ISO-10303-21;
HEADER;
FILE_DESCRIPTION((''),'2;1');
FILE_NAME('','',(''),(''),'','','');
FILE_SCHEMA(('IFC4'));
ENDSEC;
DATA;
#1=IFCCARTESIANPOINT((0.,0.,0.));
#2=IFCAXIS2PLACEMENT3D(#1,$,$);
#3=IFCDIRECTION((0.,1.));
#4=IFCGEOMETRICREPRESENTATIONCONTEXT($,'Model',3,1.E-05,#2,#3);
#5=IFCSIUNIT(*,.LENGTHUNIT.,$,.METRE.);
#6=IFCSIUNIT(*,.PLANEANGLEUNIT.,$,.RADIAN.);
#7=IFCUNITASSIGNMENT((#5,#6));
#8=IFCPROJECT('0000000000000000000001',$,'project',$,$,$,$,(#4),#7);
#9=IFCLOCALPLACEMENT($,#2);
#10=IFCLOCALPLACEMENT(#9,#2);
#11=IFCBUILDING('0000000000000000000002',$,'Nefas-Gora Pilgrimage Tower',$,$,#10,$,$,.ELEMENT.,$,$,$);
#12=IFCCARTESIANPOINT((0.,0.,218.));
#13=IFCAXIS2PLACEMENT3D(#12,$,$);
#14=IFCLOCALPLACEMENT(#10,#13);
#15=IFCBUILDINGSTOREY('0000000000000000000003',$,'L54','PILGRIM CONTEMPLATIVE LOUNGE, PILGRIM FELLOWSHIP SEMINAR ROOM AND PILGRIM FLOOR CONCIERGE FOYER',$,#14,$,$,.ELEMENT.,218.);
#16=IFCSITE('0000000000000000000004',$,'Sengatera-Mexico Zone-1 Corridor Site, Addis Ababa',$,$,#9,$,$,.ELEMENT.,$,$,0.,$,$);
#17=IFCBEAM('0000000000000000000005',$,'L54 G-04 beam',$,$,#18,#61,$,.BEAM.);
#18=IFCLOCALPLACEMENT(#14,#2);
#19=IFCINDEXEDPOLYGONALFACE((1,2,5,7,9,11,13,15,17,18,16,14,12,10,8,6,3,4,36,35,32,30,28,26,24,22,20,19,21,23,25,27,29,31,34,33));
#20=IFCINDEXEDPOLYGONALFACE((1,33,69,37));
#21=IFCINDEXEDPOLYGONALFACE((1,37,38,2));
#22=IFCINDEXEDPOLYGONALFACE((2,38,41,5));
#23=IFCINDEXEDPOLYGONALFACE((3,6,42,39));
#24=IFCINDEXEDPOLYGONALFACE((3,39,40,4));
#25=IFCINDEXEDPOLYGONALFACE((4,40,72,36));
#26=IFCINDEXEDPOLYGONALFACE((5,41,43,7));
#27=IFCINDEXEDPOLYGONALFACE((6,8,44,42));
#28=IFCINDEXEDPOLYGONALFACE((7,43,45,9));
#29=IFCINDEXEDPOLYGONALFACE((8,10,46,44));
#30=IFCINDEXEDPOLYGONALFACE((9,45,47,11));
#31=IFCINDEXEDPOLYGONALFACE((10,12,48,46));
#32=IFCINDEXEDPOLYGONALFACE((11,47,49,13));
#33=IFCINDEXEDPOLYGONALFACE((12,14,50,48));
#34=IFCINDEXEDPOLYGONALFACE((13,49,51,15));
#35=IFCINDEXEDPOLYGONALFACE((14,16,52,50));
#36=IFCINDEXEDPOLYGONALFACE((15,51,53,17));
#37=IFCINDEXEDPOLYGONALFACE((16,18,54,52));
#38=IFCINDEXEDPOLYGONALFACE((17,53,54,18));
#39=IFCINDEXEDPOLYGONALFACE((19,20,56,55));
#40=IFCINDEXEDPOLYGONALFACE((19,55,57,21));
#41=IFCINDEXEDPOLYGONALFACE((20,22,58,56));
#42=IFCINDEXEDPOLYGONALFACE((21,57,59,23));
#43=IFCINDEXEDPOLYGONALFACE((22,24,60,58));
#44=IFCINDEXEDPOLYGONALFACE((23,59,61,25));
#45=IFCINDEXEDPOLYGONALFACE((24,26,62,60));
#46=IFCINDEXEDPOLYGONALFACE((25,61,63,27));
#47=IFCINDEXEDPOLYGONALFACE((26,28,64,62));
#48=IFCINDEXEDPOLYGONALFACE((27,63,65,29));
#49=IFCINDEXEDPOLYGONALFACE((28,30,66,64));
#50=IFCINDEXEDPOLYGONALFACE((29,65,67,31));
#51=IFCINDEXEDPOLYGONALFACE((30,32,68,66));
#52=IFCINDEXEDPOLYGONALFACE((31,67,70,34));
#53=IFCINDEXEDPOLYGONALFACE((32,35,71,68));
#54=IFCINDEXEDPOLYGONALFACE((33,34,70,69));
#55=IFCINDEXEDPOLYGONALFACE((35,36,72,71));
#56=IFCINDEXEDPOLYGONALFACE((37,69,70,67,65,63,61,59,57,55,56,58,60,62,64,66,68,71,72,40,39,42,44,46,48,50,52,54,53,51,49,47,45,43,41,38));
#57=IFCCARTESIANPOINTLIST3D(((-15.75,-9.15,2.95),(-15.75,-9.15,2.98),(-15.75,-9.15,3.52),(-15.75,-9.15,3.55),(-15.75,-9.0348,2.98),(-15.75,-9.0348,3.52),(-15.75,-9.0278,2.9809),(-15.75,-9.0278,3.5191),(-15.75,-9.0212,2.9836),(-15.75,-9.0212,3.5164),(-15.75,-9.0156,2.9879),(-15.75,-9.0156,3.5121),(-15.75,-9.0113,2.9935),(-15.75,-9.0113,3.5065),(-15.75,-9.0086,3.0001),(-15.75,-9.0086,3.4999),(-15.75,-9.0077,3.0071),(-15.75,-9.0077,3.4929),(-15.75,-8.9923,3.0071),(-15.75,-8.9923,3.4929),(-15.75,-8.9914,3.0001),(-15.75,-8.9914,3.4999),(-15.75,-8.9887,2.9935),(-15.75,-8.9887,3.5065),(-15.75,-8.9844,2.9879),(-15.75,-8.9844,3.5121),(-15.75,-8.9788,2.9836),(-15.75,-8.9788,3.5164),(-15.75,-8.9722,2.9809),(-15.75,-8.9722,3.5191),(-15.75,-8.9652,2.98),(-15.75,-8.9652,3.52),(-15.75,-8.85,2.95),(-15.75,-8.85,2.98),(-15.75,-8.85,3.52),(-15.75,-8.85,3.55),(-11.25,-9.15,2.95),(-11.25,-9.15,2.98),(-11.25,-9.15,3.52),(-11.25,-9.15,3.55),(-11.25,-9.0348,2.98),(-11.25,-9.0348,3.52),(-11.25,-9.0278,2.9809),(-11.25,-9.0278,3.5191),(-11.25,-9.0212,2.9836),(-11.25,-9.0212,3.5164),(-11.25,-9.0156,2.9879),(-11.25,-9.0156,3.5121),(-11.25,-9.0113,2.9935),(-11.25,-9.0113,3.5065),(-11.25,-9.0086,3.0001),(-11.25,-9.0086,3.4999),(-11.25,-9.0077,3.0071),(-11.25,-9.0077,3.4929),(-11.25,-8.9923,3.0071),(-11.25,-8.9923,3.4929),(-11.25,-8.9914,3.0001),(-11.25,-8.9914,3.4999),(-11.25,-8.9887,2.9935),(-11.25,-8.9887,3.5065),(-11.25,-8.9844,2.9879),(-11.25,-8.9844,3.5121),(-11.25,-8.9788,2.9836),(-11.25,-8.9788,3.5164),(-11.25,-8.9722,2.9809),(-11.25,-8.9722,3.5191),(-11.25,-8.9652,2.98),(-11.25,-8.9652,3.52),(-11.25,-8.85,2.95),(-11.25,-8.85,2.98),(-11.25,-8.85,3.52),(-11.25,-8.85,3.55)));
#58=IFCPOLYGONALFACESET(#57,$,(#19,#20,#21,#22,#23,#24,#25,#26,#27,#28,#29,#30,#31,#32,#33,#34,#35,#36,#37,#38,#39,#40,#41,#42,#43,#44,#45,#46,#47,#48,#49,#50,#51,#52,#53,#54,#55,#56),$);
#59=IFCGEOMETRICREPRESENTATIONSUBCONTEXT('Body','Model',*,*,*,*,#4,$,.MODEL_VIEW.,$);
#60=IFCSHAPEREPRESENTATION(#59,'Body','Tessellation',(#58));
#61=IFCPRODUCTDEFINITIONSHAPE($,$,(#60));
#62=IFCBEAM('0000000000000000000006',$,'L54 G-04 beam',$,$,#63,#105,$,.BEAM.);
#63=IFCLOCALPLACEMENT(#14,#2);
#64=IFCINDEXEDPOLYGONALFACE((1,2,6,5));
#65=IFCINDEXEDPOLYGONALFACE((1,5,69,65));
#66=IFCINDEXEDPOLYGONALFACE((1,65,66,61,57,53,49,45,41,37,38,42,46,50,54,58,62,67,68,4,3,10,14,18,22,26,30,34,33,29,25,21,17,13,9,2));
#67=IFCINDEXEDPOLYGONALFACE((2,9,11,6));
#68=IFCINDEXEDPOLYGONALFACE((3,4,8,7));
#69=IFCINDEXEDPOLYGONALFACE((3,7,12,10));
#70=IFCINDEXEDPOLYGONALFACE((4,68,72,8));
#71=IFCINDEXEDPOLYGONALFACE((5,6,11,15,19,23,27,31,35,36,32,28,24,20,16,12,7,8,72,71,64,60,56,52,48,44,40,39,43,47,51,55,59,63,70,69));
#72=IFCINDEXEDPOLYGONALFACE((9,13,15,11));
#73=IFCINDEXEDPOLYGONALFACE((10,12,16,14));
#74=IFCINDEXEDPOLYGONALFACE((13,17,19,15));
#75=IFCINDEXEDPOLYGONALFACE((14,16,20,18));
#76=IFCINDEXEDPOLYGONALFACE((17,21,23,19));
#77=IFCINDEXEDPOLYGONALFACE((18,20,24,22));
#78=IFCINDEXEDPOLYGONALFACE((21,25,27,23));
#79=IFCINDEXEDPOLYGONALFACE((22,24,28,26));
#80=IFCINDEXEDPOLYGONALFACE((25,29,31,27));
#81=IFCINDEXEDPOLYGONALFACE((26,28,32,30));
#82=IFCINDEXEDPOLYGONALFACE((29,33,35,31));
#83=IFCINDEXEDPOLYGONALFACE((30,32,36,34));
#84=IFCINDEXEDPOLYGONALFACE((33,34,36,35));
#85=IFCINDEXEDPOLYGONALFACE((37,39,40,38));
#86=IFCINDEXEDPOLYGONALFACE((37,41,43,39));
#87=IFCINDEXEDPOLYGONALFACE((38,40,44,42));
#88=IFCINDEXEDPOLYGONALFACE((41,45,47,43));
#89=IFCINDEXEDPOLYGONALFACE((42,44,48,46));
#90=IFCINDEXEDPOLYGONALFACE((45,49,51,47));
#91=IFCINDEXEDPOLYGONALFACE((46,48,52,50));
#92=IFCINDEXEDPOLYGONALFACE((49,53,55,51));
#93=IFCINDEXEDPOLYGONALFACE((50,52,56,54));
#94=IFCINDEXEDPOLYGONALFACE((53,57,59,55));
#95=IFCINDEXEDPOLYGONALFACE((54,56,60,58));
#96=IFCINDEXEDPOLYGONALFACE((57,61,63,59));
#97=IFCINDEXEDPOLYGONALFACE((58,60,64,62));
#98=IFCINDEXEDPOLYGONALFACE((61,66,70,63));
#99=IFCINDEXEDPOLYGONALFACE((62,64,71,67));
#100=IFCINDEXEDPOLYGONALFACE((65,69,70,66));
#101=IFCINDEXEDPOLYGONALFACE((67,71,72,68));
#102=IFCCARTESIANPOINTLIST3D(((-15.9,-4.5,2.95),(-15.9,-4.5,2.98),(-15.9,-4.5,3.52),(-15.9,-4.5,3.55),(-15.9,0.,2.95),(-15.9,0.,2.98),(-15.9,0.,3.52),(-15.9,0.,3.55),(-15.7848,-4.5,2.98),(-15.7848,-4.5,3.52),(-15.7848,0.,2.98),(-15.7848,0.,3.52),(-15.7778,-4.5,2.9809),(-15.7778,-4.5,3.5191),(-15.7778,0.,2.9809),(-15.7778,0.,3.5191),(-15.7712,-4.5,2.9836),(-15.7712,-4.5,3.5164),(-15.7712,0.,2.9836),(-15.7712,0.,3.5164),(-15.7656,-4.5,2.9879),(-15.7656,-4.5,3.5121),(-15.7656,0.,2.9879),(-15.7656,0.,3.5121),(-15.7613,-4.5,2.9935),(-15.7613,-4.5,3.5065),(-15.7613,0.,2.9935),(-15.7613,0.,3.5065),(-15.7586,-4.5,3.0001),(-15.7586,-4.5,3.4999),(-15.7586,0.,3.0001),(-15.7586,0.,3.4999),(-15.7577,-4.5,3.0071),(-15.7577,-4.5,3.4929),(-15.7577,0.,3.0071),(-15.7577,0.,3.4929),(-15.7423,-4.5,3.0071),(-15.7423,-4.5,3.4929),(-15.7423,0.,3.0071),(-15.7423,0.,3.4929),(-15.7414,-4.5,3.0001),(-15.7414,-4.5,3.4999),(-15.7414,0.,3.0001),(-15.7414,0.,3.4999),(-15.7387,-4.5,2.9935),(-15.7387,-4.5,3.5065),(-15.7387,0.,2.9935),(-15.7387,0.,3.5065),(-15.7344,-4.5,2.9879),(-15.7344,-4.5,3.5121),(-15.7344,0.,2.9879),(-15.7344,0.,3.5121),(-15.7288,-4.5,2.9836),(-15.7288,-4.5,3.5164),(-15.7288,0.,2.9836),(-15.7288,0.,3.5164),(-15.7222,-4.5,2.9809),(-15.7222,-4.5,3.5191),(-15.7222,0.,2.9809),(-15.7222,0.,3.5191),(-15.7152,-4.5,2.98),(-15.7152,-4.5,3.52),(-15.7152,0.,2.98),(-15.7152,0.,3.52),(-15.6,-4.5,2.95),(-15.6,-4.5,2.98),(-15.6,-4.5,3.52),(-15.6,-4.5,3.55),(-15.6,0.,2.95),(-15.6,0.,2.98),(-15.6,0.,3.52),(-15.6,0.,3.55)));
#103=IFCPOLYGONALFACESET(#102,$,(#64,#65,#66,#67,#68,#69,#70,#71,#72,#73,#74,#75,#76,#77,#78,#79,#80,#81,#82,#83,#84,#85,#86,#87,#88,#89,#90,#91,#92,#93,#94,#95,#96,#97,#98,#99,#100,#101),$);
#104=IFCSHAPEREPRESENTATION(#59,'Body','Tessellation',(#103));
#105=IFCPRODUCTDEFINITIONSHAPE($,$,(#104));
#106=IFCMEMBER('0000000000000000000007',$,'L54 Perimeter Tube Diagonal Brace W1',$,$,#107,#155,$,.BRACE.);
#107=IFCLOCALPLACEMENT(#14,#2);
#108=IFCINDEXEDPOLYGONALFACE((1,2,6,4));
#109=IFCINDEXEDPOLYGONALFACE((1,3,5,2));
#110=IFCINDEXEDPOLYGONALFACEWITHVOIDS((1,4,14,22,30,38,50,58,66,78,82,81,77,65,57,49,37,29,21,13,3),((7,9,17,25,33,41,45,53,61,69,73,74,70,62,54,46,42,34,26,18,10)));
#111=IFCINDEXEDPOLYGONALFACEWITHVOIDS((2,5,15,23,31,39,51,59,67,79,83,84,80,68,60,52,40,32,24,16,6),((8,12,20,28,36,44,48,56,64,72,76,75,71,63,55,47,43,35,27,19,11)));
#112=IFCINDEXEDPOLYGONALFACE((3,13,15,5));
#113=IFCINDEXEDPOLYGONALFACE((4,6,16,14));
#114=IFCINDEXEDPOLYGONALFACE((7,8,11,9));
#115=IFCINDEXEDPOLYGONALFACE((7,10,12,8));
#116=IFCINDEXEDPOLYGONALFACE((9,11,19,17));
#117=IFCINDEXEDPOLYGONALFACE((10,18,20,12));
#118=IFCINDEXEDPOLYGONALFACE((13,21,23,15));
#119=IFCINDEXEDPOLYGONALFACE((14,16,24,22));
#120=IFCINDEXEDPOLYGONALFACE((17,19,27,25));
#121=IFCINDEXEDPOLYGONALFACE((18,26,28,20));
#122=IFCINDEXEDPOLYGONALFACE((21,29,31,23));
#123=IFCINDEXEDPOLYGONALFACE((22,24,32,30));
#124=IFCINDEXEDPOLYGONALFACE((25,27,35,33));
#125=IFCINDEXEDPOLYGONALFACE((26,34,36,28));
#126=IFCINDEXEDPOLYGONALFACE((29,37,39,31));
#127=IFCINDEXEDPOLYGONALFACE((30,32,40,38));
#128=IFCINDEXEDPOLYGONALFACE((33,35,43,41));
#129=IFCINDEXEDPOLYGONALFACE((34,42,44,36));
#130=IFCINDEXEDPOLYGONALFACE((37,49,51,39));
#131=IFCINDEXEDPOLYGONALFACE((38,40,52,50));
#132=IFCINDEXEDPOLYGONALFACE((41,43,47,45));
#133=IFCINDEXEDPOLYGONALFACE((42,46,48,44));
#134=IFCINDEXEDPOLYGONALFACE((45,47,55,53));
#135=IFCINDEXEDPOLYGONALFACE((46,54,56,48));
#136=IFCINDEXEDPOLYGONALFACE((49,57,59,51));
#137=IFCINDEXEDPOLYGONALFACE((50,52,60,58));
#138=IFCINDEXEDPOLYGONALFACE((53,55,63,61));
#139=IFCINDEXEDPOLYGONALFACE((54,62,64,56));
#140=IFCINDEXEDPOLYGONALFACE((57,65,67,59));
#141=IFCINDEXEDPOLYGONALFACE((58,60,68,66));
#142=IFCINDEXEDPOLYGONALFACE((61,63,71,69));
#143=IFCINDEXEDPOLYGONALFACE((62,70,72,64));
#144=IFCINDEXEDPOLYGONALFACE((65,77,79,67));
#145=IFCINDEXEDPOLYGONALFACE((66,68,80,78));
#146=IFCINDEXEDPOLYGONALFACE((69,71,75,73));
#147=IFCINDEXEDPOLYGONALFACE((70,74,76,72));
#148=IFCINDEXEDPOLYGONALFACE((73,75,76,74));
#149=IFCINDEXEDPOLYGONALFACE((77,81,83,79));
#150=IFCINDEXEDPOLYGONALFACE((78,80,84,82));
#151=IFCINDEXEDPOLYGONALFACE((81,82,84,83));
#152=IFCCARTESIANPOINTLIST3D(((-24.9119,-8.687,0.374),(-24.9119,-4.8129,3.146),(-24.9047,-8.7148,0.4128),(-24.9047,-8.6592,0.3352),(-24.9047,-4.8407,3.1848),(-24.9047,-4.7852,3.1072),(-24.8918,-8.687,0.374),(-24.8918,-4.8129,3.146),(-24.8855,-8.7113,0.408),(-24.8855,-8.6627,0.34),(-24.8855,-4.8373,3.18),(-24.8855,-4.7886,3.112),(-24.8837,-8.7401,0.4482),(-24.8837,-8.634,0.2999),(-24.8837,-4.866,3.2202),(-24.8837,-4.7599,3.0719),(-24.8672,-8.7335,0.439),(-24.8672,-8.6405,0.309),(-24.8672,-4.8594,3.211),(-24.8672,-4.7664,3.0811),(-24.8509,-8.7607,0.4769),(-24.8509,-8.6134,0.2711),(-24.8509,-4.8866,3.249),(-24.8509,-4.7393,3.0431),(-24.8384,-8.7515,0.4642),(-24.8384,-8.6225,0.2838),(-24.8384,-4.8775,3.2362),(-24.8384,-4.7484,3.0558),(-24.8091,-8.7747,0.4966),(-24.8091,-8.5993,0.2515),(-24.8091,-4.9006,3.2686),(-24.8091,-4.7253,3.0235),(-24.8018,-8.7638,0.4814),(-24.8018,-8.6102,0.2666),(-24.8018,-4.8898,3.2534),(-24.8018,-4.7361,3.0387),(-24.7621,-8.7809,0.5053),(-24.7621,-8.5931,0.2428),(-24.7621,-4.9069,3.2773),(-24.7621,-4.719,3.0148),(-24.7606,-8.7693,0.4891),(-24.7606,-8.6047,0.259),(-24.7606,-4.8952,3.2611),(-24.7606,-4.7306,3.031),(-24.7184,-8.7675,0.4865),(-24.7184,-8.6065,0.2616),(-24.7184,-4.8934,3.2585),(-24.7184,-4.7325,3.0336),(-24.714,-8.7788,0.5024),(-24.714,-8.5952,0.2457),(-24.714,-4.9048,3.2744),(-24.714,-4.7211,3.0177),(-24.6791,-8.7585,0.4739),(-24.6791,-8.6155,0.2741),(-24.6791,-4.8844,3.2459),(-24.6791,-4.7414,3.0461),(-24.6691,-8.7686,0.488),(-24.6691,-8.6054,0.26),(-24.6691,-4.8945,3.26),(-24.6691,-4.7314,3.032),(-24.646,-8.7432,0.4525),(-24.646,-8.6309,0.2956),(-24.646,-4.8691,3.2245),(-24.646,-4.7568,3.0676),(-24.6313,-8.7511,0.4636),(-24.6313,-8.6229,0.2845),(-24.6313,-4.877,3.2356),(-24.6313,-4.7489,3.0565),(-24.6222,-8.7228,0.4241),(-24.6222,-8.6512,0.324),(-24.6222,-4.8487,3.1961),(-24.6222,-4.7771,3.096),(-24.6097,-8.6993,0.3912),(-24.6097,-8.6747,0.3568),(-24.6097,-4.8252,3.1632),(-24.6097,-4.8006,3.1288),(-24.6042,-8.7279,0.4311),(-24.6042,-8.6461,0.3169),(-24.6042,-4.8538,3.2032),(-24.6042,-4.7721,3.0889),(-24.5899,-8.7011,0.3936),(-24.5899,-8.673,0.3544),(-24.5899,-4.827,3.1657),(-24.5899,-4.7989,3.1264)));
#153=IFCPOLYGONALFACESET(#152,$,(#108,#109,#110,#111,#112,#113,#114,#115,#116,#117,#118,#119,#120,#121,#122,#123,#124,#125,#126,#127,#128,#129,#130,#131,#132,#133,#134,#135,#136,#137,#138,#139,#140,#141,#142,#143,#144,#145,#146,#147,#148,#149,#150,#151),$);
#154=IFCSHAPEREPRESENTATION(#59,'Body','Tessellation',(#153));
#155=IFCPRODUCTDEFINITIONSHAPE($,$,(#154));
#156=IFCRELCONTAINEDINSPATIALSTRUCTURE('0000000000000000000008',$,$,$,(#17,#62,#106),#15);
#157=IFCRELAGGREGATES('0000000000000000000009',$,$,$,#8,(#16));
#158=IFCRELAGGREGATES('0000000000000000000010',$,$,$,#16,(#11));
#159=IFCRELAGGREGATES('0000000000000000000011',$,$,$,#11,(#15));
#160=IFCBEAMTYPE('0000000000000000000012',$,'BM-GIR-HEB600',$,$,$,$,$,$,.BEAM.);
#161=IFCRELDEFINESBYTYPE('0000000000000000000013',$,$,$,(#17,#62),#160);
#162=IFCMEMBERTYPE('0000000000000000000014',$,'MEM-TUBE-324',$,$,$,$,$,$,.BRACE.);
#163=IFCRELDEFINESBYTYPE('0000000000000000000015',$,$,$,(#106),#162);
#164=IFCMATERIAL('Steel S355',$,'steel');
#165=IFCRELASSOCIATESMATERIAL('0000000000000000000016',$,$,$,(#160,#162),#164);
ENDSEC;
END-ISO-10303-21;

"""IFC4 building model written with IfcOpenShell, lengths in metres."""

from ifc_helpers import new_model, si_unit, direction, frame, origin, origin_2d, place, context, subcontext, project, spatial, hollow_circle, i_section, extrude, source, transform, mapped, material, material_profile, profile_set, type_object, element, save


model = new_model("IFC4")

# Units and contexts
model_context = context("Model", 3, precision=1e-05, world=origin(), true_north=direction((0.0, 1.0)))
body_context = subcontext(model_context, "Body", "Model", "MODEL_VIEW")
ifc_project = project(units=[si_unit("LENGTHUNIT", "METRE"), si_unit("PLANEANGLEUNIT", "RADIAN")], contexts=[model_context])

# Site, building, storey
site_placement = place(None, origin())
site = spatial("IfcSite", under=ifc_project, at=site_placement, Name="Sengatera-Mexico Zone-1 Corridor Site, Addis Ababa", CompositionType="ELEMENT", RefElevation=0.0)
building_placement = place(site_placement, origin())
building = spatial("IfcBuilding", under=site, at=building_placement, Name="Nefas-Gora Pilgrimage Tower", CompositionType="ELEMENT")
storey_placement = place(building_placement, frame((0.0, 0.0, 218.0)))
storey = spatial("IfcBuildingStorey", under=building, at=storey_placement, Name="L54", Description="PILGRIM CONTEMPLATIVE LOUNGE, PILGRIM FELLOWSHIP SEMINAR ROOM AND PILGRIM FLOOR CONCIERGE FOYER", CompositionType="ELEMENT", Elevation=218.0)

# Beams
ifc_material_1 = material(Name="Steel S355", Category="steel")
ifc_material_profile_1 = material_profile(ifc_material_1, i_section(OverallWidth=0.3, OverallDepth=0.6001, WebThickness=0.0154, FlangeThickness=0.03, FilletRadius=0.0271, at=origin_2d()), Name="HEB 600")
ifc_profile_set_1 = profile_set([ifc_material_profile_1], Name="Steel S355")
beam_type_1 = type_object("IfcBeamType", Name="BM-GIR-HEB600", PredefinedType="BEAM", material=ifc_profile_set_1)
shared_shape_1 = source(origin(), body_context, "Body", "SweptSolid", [
    extrude(i_section(OverallWidth=0.3, OverallDepth=0.6001, WebThickness=0.0154, FlangeThickness=0.03, FilletRadius=0.0271, at=origin_2d()), origin(), (0.0, 0.0, 1.0), 4.5),
])
for number, where, z_axis, x_axis, name in (
    (1, (-15.75, -9.0, 3.25), (1.0, 0.0, 0.0), (0.0, 1.0, 0.0), "L54 G-04 beam"),
    (2, (-15.75, -4.5, 3.25), (0.0, 1.0, 0.0), (-1.0, 0.0, 0.0), "L54 G-04 beam"),
):
    element("IfcBeam", number, at=place(storey_placement, frame(where, z_axis=z_axis, x_axis=x_axis)), inside=storey, type_object=beam_type_1, Name=name, PredefinedType="BEAM", context=body_context, shape_type="MappedRepresentation", body=[
        mapped(shared_shape_1, transform((0.0, 0.0, 0.0), x_axis=(1.0, 0.0, 0.0), y_axis=(0.0, 1.0, 0.0), z_axis=(0.0, 0.0, 1.0), scale=1.0)),
    ])

# Member
ifc_material_profile_2 = material_profile(ifc_material_1, hollow_circle(Radius=0.1619, WallThickness=0.02, at=origin_2d()), Name="CHS 323.9x20")
ifc_profile_set_2 = profile_set([ifc_material_profile_2], Name="Steel S355")
member_type_1 = type_object("IfcMemberType", Name="MEM-TUBE-324", PredefinedType="BRACE", material=ifc_profile_set_2)
shared_shape_2 = source(origin(), body_context, "Body", "SweptSolid", [
    extrude(hollow_circle(Radius=0.1619, WallThickness=0.02, at=origin_2d()), origin(), (0.0, 0.0, 1.0), 4.7637),
])
member_1_placement = place(storey_placement, frame((-24.75, -8.687, 0.374), z_axis=(0.0, 0.813255, 0.581907), x_axis=(-1.0, 0.0, 0.0)))
element("IfcMember", 3, at=member_1_placement, inside=storey, type_object=member_type_1, Name="L54 Perimeter Tube Diagonal Brace W1", PredefinedType="BRACE", context=body_context, shape_type="MappedRepresentation", body=[
    mapped(shared_shape_2, transform((0.0, 0.0, 0.0), x_axis=(1.0, 0.0, 0.0), y_axis=(0.0, 1.0, 0.0), z_axis=(0.0, 0.0, 1.0), scale=1.0)),
])

save(model, "model.ifc")
